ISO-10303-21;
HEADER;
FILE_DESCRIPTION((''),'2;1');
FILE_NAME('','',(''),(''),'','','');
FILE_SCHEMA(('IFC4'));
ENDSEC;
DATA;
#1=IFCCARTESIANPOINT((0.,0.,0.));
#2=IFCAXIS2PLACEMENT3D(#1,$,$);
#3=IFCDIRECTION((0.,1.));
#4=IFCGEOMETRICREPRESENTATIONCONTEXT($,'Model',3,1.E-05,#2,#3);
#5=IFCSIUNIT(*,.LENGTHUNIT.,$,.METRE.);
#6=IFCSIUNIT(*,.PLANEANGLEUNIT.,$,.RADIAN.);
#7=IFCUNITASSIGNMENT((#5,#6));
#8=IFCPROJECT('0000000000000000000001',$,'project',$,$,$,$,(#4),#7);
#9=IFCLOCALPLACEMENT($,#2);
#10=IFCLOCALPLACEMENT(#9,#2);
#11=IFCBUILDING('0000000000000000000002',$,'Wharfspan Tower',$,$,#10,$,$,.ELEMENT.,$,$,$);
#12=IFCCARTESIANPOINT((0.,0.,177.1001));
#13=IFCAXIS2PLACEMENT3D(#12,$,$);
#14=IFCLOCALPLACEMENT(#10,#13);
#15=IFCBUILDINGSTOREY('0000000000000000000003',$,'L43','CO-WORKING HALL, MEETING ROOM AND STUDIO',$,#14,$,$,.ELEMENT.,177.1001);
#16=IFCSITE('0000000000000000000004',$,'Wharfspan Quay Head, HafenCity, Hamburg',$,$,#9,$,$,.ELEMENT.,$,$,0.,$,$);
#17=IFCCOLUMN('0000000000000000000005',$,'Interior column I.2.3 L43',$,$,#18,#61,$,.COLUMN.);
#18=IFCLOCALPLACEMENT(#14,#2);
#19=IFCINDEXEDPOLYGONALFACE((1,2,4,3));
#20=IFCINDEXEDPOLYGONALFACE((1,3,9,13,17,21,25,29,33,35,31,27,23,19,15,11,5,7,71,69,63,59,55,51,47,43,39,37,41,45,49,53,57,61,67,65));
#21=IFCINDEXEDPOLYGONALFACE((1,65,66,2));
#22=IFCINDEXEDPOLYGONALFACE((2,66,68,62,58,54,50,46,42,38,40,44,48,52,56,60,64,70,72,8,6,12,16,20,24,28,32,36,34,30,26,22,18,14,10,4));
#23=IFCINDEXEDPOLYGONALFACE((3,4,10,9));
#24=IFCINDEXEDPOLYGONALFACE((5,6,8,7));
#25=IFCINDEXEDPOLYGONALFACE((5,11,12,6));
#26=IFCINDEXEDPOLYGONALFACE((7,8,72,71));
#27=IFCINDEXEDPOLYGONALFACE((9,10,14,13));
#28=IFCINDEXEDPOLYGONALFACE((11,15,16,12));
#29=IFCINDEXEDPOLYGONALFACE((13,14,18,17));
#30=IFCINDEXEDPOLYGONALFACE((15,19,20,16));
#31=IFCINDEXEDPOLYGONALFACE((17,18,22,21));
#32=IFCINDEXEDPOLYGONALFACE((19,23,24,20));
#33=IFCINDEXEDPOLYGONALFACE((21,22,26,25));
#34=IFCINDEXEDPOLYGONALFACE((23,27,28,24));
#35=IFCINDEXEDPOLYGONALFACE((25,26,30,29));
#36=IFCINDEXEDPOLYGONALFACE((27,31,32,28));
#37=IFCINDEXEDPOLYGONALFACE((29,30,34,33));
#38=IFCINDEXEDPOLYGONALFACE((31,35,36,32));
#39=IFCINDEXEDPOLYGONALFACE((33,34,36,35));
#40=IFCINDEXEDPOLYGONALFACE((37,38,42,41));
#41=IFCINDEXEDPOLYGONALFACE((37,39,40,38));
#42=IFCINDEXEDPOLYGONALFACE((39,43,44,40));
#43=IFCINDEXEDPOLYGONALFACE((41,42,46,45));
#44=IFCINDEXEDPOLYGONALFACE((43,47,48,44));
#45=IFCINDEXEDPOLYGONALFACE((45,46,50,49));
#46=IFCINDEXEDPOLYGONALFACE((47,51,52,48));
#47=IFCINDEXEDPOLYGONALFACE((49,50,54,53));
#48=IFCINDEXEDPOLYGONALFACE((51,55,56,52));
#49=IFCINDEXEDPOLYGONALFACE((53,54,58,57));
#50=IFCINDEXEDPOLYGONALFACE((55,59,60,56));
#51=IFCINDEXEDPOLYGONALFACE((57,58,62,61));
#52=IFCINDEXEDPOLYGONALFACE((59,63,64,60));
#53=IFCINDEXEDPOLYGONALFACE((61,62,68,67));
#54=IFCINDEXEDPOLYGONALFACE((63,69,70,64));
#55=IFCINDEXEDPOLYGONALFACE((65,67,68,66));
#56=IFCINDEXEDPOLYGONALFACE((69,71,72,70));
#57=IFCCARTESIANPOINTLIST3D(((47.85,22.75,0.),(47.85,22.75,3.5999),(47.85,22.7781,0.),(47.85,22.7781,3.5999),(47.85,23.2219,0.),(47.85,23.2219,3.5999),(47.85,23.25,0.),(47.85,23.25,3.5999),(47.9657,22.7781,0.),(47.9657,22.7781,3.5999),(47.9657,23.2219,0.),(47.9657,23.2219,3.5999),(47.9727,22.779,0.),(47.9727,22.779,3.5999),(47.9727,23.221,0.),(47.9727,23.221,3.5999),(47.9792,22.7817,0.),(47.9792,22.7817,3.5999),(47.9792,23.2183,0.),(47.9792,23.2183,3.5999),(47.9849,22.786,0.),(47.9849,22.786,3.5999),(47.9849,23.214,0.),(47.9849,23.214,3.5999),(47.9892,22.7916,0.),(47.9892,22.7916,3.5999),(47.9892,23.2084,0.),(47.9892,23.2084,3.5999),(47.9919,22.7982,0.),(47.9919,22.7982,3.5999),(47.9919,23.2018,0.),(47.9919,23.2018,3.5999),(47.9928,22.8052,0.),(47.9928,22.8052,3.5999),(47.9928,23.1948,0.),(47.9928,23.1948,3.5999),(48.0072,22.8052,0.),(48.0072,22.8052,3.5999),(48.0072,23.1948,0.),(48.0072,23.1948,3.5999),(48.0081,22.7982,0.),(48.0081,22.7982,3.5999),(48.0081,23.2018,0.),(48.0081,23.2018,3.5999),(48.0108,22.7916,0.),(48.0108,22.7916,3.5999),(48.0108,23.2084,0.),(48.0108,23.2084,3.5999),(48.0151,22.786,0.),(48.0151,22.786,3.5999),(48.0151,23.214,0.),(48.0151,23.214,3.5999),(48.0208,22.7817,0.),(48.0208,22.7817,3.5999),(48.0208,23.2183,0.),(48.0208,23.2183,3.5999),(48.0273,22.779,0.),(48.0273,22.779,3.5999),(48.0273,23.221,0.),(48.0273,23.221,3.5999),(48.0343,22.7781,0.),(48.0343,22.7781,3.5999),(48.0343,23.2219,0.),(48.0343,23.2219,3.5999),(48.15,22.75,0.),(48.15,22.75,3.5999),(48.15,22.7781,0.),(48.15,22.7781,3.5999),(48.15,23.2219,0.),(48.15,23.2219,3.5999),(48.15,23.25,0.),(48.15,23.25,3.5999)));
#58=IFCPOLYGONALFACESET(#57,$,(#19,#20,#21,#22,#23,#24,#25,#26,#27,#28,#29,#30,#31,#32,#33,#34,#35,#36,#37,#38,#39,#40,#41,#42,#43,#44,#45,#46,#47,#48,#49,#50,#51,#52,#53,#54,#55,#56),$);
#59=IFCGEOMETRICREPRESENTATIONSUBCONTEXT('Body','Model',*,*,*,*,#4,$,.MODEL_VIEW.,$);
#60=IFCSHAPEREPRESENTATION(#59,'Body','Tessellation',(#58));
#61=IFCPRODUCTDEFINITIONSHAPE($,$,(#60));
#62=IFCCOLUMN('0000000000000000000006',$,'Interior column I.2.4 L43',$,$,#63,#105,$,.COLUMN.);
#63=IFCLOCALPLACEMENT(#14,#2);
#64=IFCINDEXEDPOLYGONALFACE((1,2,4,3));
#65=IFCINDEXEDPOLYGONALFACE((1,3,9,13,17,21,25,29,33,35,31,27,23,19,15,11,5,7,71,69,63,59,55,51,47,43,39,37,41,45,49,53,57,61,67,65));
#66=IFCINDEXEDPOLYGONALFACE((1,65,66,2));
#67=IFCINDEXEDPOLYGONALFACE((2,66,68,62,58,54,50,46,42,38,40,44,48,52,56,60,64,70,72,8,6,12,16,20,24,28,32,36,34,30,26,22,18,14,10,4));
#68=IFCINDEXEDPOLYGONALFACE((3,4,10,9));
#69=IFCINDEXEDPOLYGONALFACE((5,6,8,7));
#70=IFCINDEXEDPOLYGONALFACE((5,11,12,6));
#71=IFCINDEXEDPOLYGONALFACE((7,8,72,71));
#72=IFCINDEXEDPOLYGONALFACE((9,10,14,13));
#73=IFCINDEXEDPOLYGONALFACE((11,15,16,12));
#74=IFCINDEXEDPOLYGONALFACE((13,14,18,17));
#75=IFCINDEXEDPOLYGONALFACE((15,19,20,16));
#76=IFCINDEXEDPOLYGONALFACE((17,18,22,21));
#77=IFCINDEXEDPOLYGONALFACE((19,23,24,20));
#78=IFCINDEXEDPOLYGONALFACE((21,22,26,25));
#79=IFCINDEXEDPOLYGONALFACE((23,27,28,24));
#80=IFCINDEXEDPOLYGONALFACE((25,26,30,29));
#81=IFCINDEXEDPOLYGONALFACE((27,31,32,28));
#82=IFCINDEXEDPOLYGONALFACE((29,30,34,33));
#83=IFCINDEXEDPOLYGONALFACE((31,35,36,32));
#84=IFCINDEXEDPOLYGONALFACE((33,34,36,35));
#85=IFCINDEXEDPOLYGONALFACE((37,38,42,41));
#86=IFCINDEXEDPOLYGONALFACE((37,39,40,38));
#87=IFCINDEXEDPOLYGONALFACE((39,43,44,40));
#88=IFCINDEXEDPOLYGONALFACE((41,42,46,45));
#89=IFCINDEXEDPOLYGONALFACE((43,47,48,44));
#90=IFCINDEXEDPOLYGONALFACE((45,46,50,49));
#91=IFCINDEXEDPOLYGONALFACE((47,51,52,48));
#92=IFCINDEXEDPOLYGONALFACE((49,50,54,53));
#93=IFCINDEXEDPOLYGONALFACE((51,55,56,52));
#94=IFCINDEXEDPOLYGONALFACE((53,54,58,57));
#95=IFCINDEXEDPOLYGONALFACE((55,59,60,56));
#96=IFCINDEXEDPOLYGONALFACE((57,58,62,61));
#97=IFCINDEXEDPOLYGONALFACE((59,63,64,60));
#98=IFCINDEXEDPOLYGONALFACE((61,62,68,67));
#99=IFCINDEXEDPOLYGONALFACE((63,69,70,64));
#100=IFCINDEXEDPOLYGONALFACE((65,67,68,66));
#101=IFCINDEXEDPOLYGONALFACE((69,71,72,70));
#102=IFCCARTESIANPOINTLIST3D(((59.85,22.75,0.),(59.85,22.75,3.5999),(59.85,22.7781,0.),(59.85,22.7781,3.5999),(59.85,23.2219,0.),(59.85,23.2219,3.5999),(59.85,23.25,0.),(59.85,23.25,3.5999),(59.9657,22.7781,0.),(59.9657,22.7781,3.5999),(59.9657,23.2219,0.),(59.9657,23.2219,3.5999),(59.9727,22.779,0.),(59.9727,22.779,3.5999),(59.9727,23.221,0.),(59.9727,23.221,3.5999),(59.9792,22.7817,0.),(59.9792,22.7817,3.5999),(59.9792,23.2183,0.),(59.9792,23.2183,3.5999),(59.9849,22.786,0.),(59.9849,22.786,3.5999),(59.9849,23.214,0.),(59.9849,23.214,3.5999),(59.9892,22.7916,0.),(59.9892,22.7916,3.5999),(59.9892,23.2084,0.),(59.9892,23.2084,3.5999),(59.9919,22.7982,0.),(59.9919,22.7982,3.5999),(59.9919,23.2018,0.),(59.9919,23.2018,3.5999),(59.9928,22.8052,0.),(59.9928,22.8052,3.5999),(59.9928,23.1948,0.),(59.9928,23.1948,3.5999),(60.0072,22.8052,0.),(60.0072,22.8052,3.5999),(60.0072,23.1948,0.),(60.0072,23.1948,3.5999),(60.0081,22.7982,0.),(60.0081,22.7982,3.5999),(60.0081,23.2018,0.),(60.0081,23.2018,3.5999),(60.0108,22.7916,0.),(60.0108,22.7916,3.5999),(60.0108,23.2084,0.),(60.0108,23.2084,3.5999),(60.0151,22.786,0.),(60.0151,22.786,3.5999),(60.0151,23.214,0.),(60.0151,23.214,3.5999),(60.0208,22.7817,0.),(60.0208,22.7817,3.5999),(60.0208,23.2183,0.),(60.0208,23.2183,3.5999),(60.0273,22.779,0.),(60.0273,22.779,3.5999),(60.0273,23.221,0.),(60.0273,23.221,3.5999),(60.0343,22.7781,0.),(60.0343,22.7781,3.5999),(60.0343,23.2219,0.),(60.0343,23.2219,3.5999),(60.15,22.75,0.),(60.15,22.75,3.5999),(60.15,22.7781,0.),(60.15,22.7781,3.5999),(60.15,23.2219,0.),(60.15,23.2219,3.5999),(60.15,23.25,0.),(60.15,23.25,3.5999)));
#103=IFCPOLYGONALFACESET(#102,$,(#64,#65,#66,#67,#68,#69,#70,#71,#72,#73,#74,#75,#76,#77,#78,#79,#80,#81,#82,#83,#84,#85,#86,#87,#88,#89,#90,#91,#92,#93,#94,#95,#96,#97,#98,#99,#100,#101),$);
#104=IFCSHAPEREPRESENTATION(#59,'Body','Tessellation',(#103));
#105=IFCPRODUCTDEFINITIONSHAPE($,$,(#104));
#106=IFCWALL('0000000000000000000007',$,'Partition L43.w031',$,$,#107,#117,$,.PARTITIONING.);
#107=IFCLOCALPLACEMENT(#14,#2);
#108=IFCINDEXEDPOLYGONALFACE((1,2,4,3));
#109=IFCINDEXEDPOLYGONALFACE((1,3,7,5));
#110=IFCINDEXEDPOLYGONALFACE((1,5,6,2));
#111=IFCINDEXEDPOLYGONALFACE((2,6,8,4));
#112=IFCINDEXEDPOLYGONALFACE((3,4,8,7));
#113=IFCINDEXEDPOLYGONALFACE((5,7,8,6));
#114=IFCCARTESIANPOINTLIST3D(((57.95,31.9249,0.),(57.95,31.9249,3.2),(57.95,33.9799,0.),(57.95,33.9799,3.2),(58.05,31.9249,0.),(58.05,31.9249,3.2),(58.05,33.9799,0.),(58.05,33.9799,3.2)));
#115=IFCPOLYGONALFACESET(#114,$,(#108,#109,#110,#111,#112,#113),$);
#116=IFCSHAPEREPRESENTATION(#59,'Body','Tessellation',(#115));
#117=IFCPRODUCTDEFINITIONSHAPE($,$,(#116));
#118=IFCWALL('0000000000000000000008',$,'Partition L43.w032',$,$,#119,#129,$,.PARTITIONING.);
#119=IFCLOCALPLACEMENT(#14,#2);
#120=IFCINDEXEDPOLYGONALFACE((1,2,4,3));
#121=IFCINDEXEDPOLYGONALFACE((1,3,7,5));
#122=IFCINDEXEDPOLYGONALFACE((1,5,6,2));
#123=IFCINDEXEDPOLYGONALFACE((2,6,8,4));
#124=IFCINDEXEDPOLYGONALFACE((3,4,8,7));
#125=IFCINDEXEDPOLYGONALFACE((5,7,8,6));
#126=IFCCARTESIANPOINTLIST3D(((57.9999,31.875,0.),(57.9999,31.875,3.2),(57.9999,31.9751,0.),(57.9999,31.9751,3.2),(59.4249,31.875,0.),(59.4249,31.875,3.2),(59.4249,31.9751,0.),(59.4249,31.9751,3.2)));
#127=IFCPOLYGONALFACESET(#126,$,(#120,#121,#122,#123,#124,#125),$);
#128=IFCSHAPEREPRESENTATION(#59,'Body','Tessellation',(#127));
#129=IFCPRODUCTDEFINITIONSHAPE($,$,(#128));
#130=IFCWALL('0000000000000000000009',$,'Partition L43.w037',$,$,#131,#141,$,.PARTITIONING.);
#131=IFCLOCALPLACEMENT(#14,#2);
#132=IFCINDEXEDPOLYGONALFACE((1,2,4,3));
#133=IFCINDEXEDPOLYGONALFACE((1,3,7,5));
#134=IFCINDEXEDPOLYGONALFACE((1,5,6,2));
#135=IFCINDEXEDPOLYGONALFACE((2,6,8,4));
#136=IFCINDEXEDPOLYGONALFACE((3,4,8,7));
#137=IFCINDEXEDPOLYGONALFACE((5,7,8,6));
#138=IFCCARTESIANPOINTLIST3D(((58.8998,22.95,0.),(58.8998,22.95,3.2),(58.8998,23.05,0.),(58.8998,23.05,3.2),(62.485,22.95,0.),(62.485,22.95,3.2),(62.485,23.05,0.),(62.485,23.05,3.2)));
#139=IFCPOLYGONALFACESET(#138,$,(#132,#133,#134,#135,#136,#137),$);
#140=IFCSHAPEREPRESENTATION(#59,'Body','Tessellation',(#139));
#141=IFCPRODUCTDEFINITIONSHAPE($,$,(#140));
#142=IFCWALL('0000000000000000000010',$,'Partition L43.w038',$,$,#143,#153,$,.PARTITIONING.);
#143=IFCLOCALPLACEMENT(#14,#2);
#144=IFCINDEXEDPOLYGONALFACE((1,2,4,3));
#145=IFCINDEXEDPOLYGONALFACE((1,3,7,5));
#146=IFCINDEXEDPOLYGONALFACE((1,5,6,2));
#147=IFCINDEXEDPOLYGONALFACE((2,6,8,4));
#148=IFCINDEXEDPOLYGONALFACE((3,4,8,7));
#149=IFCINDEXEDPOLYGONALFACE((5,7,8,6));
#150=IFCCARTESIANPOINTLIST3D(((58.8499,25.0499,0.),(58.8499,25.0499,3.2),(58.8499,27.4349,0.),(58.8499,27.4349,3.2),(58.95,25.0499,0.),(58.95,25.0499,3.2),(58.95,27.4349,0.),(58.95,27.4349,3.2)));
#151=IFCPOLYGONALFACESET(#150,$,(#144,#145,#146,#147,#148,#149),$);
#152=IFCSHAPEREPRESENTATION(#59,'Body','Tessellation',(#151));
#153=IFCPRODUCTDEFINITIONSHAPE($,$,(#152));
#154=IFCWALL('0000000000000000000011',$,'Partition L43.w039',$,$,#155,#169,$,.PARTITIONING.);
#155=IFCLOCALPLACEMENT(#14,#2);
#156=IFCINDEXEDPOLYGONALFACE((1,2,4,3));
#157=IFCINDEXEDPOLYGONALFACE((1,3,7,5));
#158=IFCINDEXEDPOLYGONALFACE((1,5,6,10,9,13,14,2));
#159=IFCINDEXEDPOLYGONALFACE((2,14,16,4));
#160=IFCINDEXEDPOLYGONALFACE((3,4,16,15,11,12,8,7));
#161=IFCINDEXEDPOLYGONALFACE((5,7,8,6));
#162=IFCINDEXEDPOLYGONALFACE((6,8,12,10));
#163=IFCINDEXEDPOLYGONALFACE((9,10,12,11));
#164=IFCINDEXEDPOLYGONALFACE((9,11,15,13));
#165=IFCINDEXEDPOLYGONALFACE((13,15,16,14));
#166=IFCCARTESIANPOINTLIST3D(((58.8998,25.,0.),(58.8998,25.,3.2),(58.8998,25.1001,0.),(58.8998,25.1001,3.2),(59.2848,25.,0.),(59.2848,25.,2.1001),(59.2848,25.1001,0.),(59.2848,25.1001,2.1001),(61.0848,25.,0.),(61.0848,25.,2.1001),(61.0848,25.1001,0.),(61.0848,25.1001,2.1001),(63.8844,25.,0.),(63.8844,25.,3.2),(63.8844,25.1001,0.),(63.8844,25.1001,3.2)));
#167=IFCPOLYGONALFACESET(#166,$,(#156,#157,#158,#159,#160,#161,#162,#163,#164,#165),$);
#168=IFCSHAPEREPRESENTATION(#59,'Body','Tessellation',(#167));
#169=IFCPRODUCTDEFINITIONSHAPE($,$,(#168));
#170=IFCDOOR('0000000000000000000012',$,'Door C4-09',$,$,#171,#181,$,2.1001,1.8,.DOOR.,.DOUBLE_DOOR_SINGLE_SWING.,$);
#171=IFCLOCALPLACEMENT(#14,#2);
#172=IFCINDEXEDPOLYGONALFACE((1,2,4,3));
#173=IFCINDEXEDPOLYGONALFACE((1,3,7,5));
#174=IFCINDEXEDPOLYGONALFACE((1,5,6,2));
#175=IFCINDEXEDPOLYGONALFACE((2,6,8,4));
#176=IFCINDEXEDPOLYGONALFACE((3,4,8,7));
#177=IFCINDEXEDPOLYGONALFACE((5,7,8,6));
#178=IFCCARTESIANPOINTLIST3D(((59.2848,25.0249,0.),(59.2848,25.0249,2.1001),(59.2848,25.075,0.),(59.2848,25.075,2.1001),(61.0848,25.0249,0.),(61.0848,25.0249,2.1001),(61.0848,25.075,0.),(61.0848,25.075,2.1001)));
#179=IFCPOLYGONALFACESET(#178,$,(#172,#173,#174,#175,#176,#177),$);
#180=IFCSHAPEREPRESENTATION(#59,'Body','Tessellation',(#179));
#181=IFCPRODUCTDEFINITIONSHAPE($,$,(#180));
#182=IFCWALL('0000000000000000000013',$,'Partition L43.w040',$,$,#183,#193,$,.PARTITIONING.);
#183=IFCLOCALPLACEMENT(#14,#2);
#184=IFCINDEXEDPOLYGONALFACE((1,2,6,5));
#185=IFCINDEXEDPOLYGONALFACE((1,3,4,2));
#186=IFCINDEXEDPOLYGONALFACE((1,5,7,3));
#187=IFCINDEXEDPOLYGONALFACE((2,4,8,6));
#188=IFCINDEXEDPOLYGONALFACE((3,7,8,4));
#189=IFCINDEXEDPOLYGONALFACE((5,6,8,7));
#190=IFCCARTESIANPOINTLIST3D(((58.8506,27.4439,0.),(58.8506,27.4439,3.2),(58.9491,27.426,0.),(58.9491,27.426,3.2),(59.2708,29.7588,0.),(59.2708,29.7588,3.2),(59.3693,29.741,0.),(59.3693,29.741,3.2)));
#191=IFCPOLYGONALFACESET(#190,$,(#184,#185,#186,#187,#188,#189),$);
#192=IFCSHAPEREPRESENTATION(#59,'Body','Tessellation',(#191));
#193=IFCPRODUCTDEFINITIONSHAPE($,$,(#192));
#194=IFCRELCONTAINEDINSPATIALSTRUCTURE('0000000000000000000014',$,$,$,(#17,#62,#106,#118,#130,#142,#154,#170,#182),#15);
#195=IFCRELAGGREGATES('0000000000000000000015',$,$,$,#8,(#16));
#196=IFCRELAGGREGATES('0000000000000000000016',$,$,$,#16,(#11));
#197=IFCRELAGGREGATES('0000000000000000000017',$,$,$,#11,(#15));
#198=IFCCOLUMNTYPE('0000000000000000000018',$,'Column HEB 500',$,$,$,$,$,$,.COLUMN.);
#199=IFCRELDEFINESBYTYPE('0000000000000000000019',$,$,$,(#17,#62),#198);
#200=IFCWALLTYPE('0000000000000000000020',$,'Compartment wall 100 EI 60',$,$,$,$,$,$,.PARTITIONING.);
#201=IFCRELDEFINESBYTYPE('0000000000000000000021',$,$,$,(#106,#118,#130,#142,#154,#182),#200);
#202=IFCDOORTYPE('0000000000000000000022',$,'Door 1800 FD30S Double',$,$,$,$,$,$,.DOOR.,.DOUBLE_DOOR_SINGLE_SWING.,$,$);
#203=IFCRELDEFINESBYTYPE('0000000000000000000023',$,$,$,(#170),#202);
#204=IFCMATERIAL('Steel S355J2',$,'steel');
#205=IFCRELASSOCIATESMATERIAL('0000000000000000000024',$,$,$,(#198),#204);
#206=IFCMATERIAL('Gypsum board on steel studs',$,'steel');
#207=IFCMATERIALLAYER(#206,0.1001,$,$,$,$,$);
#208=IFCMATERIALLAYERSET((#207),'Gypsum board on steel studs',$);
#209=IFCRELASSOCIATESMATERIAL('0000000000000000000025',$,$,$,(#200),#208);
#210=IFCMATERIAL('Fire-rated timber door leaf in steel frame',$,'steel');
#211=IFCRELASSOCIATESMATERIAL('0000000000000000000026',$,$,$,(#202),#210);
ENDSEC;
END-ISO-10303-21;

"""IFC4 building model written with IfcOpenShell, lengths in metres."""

from ifc_helpers import new_model, si_unit, direction, frame, frame_2d, origin, origin_2d, place, context, subcontext, project, spatial, rectangle, i_section, extrude, material, layer, layer_set, material_profile, profile_set, type_object, element, fill, save


model = new_model("IFC4")

# Units and contexts
model_context = context("Model", 3, precision=1e-05, world=origin(), true_north=direction((0.0, 1.0)))
body_context = subcontext(model_context, "Body", "Model", "MODEL_VIEW")
ifc_project = project(units=[si_unit("LENGTHUNIT", "METRE"), si_unit("PLANEANGLEUNIT", "RADIAN")], contexts=[model_context])

# Site, building, storey
site_placement = place(None, origin())
site = spatial("IfcSite", under=ifc_project, at=site_placement, Name="Wharfspan Quay Head, HafenCity, Hamburg", CompositionType="ELEMENT", RefElevation=0.0)
building_placement = place(site_placement, origin())
building = spatial("IfcBuilding", under=site, at=building_placement, Name="Wharfspan Tower", CompositionType="ELEMENT")
storey_placement = place(building_placement, frame((0.0, 0.0, 177.1001)))
storey = spatial("IfcBuildingStorey", under=building, at=storey_placement, Name="L43", Description="CO-WORKING HALL, MEETING ROOM AND STUDIO", CompositionType="ELEMENT", Elevation=177.1001)

# Columns
ifc_material_1 = material(Name="Steel S355J2", Category="steel")
ifc_material_profile = material_profile(ifc_material_1, i_section(OverallWidth=0.3, OverallDepth=0.5, WebThickness=0.0144, FlangeThickness=0.0281, FilletRadius=0.0271, at=origin_2d()))
ifc_profile_set = profile_set([ifc_material_profile], Name="Steel S355J2")
column_type = type_object("IfcColumnType", Name="Column HEB 500", PredefinedType="COLUMN", material=ifc_profile_set)
for number, where, z_axis, x_axis, name in (
    (1, (48.0, 23.0, 0.0), (0.0, 0.0, 1.0), (1.0, 0.0, 0.0), "Interior column I.2.3 L43"),
    (2, (60.0, 23.0, 0.0), (0.0, 0.0, 1.0), (1.0, 0.0, 0.0), "Interior column I.2.4 L43"),
):
    element("IfcColumn", number, at=place(storey_placement, frame(where, z_axis=z_axis, x_axis=x_axis)), inside=storey, type_object=column_type, Name=name, PredefinedType="COLUMN", context=body_context, shape_type="SweptSolid", body=[
        extrude(i_section(OverallWidth=0.3, OverallDepth=0.5, WebThickness=0.0144, FlangeThickness=0.0281, FilletRadius=0.0271, at=origin_2d()), origin(), (0.0, 0.0, 1.0), 3.5999),
    ])

# Walls
ifc_material_2 = material(Name="Gypsum board on steel studs", Category="steel")
ifc_layer_1 = layer(ifc_material_2, 0.1001)
ifc_layer_set_1 = layer_set([ifc_layer_1], Name="Gypsum board on steel studs")
wall_type_1 = type_object("IfcWallType", Name="Compartment wall 100 EI 60", PredefinedType="PARTITIONING", material=ifc_layer_set_1)
wall_1_placement = place(storey_placement, frame((58.0, 31.925, 0.0), z_axis=(0.0, 0.0, 1.0), x_axis=(0.0, 1.0, 0.0)))
element("IfcWall", 3, at=wall_1_placement, inside=storey, type_object=wall_type_1, Name="Partition L43.w031", PredefinedType="PARTITIONING", context=body_context, shape_type="SweptSolid", body=[
    extrude(rectangle(XDim=2.0549, YDim=0.1001, at=frame_2d((1.0273, 0.0))), origin(), (0.0, 0.0, 1.0), 3.2),
])
wall_2_placement = place(storey_placement, frame((58.0, 31.925, 0.0), z_axis=(0.0, 0.0, 1.0), x_axis=(1.0, 0.0, 0.0)))
element("IfcWall", 4, at=wall_2_placement, inside=storey, type_object=wall_type_1, Name="Partition L43.w032", PredefinedType="PARTITIONING", context=body_context, shape_type="SweptSolid", body=[
    extrude(rectangle(XDim=1.425, YDim=0.1001, at=frame_2d((0.7124, 0.0))), origin(), (0.0, 0.0, 1.0), 3.2),
])
wall_3_placement = place(storey_placement, frame((58.8999, 23.0, 0.0), z_axis=(0.0, 0.0, 1.0), x_axis=(1.0, 0.0, 0.0)))
element("IfcWall", 5, at=wall_3_placement, inside=storey, type_object=wall_type_1, Name="Partition L43.w037", PredefinedType="PARTITIONING", context=body_context, shape_type="SweptSolid", body=[
    extrude(rectangle(XDim=3.5852, YDim=0.1001, at=frame_2d((1.7925, 0.0))), origin(), (0.0, 0.0, 1.0), 3.2),
])
wall_4_placement = place(storey_placement, frame((58.8999, 25.05, 0.0), z_axis=(0.0, 0.0, 1.0), x_axis=(0.0, 1.0, 0.0)))
element("IfcWall", 6, at=wall_4_placement, inside=storey, type_object=wall_type_1, Name="Partition L43.w038", PredefinedType="PARTITIONING", context=body_context, shape_type="SweptSolid", body=[
    extrude(rectangle(XDim=2.385, YDim=0.1001, at=frame_2d((1.1924, 0.0))), origin(), (0.0, 0.0, 1.0), 3.2),
])

# Wall, opening, door
wall_5_placement = place(storey_placement, frame((58.8999, 25.05, 0.0), z_axis=(0.0, 0.0, 1.0), x_axis=(1.0, 0.0, 0.0)))
wall_5 = element("IfcWall", 7, at=wall_5_placement, inside=storey, type_object=wall_type_1, Name="Partition L43.w039", PredefinedType="PARTITIONING", context=body_context, shape_type="SweptSolid", body=[
    extrude(rectangle(XDim=4.9846, YDim=0.1001, at=frame_2d((2.4922, 0.0))), origin(), (0.0, 0.0, 1.0), 3.2),
])
opening_1_placement = place(wall_5_placement, frame((0.385, 0.0, 0.0)))
opening_1 = element("IfcOpeningElement", 8, at=opening_1_placement, cuts=wall_5, PredefinedType="OPENING", context=body_context, shape_type="SweptSolid", body=[
    extrude(rectangle(XDim=1.8, YDim=2.1001, at=frame_2d((0.8999, 1.05))), frame((0.0, 0.0601, 0.0), z_axis=(0.0, -1.0, 0.0), x_axis=(1.0, 0.0, 0.0)), (0.0, 0.0, 1.0), 0.1201),
])
ifc_material_3 = material(Name="Fire-rated timber door leaf in steel frame", Category="steel")
door_type_1 = type_object("IfcDoorType", Name="Door 1800 FD30S Double", OperationType="DOUBLE_DOOR_SINGLE_SWING", PredefinedType="DOOR", material=ifc_material_3)
door_1_placement = place(opening_1_placement, origin())
door_1 = element("IfcDoor", 9, at=door_1_placement, inside=storey, type_object=door_type_1, Name="Door C4-09", OperationType="DOUBLE_DOOR_SINGLE_SWING", OverallHeight=2.1001, OverallWidth=1.8, PredefinedType="DOOR", context=body_context, shape_type="SweptSolid", body=[
    extrude(rectangle(XDim=1.8, YDim=2.1001, at=frame_2d((0.8999, 1.05))), frame((0.0, 0.0249, 0.0), z_axis=(0.0, -1.0, 0.0), x_axis=(1.0, 0.0, 0.0)), (0.0, 0.0, 1.0), 0.05),
])
fill(opening_1, door_1)

# Wall
wall_6_placement = place(storey_placement, frame((58.8999, 27.4351, 0.0), z_axis=(0.0, 0.0, 1.0), x_axis=(0.178584, 0.983924, 0.0)))
element("IfcWall", 10, at=wall_6_placement, inside=storey, type_object=wall_type_1, Name="Partition L43.w040", PredefinedType="PARTITIONING", context=body_context, shape_type="SweptSolid", body=[
    extrude(rectangle(XDim=2.3528, YDim=0.1001, at=frame_2d((1.1763, 0.0))), origin(), (0.0, 0.0, 1.0), 3.2),
])

save(model, "model.ifc")
